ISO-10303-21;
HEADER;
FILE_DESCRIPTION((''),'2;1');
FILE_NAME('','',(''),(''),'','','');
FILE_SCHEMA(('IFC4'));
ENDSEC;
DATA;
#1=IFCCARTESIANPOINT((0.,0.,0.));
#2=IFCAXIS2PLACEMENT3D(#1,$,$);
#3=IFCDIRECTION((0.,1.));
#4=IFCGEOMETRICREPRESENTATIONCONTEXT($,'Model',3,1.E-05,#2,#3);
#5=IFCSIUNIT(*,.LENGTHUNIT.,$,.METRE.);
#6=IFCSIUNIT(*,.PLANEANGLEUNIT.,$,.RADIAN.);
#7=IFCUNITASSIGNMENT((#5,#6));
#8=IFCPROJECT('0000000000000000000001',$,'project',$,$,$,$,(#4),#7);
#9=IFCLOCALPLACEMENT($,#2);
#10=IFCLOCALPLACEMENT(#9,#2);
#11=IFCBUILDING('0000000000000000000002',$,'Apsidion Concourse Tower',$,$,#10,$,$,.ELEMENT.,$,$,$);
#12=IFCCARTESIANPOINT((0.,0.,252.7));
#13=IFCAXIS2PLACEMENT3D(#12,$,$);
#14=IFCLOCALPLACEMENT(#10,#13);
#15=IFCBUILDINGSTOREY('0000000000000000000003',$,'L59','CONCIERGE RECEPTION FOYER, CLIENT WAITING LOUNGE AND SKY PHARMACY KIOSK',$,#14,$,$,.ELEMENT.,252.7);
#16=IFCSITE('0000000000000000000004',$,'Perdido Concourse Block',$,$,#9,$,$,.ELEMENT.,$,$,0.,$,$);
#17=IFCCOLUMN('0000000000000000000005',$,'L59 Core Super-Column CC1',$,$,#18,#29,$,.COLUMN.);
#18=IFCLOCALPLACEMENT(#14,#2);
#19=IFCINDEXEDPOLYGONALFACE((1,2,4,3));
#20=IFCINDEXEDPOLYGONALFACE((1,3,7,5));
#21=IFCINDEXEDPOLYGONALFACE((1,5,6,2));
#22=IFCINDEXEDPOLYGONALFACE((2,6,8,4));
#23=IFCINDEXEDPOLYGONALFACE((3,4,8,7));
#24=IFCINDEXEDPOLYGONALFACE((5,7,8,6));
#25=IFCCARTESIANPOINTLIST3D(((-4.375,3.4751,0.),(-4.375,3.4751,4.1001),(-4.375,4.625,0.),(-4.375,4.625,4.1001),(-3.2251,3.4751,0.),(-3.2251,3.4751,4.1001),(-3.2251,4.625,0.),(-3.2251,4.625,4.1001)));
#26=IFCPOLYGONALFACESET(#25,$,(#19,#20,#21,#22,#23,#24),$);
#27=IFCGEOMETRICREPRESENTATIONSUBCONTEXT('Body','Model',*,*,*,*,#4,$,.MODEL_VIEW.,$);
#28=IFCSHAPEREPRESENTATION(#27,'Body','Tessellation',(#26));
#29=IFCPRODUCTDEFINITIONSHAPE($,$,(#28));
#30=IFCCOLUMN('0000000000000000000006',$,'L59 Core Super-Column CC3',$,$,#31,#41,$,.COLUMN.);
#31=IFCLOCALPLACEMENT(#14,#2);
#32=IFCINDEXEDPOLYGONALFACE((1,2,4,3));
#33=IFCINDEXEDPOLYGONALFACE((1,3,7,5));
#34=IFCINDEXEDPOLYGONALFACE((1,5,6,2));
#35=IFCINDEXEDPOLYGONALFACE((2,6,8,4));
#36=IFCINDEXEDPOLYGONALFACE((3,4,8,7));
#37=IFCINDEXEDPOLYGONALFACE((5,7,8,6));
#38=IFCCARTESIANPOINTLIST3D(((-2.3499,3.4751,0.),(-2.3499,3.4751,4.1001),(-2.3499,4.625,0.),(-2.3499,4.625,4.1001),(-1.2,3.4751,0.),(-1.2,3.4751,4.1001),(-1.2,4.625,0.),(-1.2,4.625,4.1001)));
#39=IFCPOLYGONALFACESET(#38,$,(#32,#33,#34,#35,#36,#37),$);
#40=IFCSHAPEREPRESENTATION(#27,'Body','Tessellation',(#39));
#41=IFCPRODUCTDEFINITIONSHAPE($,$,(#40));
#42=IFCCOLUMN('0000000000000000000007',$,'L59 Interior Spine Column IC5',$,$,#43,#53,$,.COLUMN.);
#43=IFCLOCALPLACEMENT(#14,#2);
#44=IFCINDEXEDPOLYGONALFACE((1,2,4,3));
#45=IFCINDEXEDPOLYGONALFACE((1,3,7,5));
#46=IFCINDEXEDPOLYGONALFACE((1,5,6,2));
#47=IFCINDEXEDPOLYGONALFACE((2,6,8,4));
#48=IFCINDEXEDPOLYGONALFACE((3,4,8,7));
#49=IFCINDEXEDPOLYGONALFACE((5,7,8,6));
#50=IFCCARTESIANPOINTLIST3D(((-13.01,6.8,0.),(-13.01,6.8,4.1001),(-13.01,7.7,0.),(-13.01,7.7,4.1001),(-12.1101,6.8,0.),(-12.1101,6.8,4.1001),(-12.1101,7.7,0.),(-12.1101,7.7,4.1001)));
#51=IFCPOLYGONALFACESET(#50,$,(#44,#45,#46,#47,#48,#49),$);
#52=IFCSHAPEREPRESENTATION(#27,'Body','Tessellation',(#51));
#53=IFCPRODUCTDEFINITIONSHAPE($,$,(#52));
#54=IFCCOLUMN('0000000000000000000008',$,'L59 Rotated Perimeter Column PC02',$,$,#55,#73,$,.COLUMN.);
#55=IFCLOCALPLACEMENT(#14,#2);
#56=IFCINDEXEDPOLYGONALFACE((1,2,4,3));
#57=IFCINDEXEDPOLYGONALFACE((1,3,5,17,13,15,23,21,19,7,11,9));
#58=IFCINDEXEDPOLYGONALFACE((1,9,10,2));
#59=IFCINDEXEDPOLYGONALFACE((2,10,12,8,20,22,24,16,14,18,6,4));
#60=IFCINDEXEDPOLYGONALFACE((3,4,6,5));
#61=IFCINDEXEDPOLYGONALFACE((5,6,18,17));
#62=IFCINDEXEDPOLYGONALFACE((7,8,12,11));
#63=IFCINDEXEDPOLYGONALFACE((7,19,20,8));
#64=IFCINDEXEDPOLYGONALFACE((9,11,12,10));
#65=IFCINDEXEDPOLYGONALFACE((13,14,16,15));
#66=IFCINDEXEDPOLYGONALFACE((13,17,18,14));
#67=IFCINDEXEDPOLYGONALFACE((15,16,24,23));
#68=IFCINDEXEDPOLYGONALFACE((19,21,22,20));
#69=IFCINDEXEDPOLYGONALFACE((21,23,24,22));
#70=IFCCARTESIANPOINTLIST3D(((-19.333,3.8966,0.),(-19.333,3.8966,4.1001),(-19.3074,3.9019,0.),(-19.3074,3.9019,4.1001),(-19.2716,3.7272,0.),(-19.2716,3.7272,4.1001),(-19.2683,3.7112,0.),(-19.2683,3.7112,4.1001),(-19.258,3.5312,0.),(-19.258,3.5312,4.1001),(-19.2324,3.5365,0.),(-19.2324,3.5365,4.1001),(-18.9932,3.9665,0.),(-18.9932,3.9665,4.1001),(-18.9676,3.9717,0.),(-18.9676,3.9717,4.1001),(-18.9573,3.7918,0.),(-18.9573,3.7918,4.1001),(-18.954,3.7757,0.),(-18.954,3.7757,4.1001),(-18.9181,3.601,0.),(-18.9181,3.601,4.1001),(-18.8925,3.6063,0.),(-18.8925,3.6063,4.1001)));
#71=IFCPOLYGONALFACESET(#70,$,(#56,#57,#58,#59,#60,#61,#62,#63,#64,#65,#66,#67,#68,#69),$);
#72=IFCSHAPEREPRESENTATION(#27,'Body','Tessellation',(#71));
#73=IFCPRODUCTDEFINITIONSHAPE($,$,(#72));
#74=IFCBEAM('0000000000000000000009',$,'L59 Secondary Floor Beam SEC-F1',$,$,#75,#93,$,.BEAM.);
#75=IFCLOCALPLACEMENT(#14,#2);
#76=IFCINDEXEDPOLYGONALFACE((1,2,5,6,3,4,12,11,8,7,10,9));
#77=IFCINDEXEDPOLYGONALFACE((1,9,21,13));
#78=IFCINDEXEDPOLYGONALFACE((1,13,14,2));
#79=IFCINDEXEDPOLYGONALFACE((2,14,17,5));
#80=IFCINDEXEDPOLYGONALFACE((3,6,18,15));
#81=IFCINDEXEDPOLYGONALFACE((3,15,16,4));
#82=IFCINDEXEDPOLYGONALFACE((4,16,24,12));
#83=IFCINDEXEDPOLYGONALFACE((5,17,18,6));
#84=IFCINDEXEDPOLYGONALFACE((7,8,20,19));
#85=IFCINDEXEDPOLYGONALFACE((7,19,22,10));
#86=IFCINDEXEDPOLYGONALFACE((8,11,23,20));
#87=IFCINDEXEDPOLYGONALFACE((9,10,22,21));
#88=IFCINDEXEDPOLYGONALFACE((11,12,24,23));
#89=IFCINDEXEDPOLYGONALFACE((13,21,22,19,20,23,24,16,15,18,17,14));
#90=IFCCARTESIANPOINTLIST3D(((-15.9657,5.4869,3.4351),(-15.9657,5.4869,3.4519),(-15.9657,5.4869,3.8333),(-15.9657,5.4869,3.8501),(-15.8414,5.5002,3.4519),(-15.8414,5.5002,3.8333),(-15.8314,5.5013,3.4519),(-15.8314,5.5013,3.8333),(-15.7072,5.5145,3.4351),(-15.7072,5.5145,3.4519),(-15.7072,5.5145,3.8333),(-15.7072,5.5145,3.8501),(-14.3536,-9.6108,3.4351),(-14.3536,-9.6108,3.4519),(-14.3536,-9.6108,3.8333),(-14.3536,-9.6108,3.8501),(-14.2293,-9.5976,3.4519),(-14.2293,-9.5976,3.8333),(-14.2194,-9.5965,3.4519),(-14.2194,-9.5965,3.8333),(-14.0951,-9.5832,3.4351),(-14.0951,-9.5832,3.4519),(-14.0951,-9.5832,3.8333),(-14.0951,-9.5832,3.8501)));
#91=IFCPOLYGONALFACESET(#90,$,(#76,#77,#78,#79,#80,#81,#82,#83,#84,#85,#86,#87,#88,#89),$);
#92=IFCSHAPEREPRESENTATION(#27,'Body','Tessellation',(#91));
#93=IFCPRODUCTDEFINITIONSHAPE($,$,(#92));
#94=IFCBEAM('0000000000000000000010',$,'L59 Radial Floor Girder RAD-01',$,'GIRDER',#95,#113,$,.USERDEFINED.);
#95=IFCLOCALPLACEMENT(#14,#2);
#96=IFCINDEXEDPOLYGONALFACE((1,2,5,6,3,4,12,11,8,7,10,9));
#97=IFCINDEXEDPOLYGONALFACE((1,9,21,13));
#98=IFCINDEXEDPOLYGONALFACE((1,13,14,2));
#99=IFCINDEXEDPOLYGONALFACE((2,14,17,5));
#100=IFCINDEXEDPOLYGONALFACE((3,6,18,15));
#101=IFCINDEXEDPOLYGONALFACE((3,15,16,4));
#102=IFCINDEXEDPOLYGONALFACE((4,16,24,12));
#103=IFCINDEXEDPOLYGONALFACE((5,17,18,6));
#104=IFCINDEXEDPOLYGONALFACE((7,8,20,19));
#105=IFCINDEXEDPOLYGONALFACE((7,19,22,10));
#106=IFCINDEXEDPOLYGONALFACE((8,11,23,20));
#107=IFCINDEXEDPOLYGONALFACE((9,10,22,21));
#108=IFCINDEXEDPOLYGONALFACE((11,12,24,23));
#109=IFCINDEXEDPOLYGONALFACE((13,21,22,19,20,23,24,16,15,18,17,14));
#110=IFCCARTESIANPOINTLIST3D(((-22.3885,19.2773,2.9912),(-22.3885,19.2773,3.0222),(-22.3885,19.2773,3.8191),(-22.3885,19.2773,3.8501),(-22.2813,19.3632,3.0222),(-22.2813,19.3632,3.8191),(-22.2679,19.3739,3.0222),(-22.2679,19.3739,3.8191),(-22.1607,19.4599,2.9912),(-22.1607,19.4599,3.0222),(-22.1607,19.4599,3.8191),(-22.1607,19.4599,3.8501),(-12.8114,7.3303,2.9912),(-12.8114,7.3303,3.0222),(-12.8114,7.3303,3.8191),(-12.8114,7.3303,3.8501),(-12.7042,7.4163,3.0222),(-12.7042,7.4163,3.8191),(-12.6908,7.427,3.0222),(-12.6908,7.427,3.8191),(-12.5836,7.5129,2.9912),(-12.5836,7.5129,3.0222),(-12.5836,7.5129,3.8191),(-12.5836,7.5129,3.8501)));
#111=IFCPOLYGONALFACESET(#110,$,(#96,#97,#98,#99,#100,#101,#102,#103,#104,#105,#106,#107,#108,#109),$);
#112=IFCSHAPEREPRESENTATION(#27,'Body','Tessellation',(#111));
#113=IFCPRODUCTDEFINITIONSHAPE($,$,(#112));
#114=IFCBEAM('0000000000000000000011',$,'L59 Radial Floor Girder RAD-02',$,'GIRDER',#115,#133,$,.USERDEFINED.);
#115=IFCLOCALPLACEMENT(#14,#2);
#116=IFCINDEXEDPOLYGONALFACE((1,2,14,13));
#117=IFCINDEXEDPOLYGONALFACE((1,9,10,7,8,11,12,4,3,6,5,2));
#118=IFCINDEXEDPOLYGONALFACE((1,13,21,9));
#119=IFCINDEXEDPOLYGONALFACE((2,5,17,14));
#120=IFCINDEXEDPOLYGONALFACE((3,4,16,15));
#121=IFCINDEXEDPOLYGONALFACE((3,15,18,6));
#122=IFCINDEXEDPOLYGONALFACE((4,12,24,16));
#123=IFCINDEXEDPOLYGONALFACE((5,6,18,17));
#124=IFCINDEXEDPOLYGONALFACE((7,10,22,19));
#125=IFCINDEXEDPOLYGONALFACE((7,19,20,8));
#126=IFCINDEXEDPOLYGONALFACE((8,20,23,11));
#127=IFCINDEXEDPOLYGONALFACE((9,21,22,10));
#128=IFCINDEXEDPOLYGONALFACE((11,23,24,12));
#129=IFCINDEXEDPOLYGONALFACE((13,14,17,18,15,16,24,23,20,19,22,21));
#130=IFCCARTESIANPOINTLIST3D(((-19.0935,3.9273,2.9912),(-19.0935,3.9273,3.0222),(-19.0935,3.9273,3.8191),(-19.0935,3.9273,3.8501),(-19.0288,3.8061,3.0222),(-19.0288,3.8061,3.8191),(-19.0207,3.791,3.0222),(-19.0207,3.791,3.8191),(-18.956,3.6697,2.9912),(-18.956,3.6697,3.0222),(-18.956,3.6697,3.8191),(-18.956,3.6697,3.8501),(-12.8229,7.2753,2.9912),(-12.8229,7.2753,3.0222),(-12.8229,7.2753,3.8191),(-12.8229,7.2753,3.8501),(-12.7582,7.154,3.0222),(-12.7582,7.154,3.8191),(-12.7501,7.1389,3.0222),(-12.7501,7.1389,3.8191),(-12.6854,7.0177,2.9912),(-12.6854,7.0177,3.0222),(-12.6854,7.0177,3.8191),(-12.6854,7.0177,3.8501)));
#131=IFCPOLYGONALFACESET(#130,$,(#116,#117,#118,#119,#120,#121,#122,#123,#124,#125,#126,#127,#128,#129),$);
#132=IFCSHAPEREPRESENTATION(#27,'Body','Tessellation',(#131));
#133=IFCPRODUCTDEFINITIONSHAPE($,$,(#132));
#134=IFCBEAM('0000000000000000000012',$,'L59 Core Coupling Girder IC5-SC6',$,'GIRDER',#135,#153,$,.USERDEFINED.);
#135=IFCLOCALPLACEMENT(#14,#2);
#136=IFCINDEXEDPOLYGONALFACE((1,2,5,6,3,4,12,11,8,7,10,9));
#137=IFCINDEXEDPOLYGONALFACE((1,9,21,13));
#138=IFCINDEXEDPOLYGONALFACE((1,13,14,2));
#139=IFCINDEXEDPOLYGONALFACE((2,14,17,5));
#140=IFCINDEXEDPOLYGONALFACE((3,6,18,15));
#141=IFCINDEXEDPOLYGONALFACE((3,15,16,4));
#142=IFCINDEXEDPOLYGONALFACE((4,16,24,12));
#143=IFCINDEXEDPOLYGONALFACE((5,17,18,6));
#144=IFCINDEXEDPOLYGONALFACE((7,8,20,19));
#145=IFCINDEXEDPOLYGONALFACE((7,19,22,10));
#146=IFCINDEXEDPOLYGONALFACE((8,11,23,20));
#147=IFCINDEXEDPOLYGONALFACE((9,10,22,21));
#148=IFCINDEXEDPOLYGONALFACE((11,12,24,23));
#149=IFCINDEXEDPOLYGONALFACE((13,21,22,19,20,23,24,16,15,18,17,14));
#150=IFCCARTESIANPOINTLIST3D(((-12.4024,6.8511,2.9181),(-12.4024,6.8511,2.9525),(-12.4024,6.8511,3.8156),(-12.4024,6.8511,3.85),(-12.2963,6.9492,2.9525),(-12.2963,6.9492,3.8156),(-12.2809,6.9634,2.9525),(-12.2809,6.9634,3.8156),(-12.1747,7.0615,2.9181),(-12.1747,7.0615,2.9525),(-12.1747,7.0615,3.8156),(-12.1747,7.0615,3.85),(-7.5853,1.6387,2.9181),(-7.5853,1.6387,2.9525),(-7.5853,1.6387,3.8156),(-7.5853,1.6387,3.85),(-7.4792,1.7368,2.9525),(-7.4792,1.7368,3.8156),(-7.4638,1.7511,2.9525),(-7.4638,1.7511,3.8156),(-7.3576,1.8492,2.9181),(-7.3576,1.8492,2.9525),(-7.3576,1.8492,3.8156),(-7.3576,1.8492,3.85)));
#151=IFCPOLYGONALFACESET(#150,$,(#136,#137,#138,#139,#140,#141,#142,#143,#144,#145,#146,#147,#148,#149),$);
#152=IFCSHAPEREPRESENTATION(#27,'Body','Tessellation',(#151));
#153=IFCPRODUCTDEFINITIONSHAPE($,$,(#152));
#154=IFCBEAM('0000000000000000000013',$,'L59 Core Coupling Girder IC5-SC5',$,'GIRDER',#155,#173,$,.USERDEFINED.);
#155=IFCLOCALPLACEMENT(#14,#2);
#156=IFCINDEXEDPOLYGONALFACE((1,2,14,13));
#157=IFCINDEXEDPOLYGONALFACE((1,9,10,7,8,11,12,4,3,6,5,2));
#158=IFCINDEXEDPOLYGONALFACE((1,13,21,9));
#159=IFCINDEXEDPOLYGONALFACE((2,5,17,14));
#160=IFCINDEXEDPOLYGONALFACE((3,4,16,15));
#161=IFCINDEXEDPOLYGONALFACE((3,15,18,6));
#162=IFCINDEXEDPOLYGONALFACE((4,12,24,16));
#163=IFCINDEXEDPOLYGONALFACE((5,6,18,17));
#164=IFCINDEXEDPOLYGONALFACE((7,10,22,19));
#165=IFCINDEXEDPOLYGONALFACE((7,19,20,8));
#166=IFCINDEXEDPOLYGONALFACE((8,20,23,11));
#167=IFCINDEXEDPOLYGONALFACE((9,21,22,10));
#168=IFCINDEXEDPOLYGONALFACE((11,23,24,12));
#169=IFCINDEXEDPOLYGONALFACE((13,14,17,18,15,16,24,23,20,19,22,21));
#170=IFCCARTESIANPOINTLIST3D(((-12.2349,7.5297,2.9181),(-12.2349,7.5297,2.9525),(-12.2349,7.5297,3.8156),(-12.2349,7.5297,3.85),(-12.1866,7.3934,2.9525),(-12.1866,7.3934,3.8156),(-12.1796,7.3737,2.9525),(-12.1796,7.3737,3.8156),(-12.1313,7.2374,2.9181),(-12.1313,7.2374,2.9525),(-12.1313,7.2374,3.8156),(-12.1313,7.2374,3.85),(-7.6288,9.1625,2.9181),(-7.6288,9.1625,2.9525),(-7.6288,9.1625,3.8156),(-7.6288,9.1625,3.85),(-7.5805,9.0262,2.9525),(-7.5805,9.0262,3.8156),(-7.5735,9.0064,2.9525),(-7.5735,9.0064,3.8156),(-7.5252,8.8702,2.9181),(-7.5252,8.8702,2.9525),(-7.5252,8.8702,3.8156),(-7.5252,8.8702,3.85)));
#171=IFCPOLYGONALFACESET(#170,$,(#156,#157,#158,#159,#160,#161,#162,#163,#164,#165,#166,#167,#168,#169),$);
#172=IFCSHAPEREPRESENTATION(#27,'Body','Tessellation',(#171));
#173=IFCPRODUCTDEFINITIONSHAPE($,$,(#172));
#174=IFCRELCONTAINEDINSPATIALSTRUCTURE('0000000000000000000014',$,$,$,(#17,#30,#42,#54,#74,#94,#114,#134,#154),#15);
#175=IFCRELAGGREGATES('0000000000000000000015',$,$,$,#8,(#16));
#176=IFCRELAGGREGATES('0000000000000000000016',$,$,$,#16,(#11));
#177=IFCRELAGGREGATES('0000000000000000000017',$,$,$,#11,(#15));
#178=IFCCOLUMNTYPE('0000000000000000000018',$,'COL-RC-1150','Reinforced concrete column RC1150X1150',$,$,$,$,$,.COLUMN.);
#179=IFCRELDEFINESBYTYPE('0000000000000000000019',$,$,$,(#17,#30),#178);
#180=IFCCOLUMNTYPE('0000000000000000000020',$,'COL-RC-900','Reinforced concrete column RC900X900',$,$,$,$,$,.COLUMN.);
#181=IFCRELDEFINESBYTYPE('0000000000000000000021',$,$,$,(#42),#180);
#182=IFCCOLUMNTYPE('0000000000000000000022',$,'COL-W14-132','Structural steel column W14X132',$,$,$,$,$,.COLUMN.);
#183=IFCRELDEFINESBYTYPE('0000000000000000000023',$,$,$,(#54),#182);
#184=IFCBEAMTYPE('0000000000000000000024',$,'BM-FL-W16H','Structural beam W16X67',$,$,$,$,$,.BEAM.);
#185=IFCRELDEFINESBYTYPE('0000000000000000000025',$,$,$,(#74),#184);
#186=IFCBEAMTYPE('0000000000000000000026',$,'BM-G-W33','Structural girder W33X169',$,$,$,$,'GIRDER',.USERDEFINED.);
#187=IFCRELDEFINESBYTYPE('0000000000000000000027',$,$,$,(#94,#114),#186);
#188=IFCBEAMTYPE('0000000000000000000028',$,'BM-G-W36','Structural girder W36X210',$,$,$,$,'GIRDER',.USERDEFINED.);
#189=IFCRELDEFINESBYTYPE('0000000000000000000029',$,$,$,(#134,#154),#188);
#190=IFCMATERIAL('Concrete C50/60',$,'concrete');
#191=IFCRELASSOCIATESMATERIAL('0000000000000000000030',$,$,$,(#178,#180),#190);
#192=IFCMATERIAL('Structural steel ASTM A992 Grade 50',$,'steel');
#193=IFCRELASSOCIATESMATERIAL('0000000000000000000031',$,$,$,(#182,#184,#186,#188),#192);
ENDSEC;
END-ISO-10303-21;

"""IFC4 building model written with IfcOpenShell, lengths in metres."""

from ifc_helpers import new_model, si_unit, direction, frame, origin, origin_2d, place, context, subcontext, project, spatial, rectangle, i_section, extrude, material, material_profile, profile_set, type_object, element, save


model = new_model("IFC4")

# Units and contexts
model_context = context("Model", 3, precision=1e-05, world=origin(), true_north=direction((0.0, 1.0)))
body_context = subcontext(model_context, "Body", "Model", "MODEL_VIEW")
ifc_project = project(units=[si_unit("LENGTHUNIT", "METRE"), si_unit("PLANEANGLEUNIT", "RADIAN")], contexts=[model_context])

# Site, building, storey
site_placement = place(None, origin())
site = spatial("IfcSite", under=ifc_project, at=site_placement, Name="Perdido Concourse Block", CompositionType="ELEMENT", RefElevation=0.0)
building_placement = place(site_placement, origin())
building = spatial("IfcBuilding", under=site, at=building_placement, Name="Apsidion Concourse Tower", CompositionType="ELEMENT")
storey_placement = place(building_placement, frame((0.0, 0.0, 252.7)))
storey = spatial("IfcBuildingStorey", under=building, at=storey_placement, Name="L59", Description="CONCIERGE RECEPTION FOYER, CLIENT WAITING LOUNGE AND SKY PHARMACY KIOSK", CompositionType="ELEMENT", Elevation=252.7)

# Columns
ifc_material_1 = material(Name="Concrete C50/60", Category="concrete")
ifc_material_profile_1 = material_profile(ifc_material_1, rectangle(XDim=1.1499, YDim=1.1499, at=origin_2d()), Name="RC 1150x1150")
ifc_profile_set_1 = profile_set([ifc_material_profile_1], Name="Concrete C50/60")
column_type_1 = type_object("IfcColumnType", Name="COL-RC-1150", Description="Reinforced concrete column RC1150X1150", PredefinedType="COLUMN", material=ifc_profile_set_1)
for number, where, z_axis, x_axis, name in (
    (1, (-3.8, 4.05, 0.0), (0.0, 0.0, 1.0), (1.0, 0.0, 0.0), "L59 Core Super-Column CC1"),
    (2, (-1.7749, 4.05, 0.0), (0.0, 0.0, 1.0), (1.0, 0.0, 0.0), "L59 Core Super-Column CC3"),
):
    element("IfcColumn", number, at=place(storey_placement, frame(where, z_axis=z_axis, x_axis=x_axis)), inside=storey, type_object=column_type_1, Name=name, PredefinedType="COLUMN", context=body_context, shape_type="SweptSolid", body=[
        extrude(rectangle(XDim=1.1499, YDim=1.1499, at=origin_2d()), origin(), (0.0, 0.0, 1.0), 4.1001),
    ])
ifc_material_profile_2 = material_profile(ifc_material_1, rectangle(XDim=0.8999, YDim=0.8999, at=origin_2d()), Name="RC 900x900")
ifc_profile_set_2 = profile_set([ifc_material_profile_2], Name="Concrete C50/60")
column_type_2 = type_object("IfcColumnType", Name="COL-RC-900", Description="Reinforced concrete column RC900X900", PredefinedType="COLUMN", material=ifc_profile_set_2)
column_1_placement = place(storey_placement, frame((-12.5601, 7.25, 0.0), z_axis=(0.0, 0.0, 1.0), x_axis=(1.0, 0.0, 0.0)))
element("IfcColumn", 3, at=column_1_placement, inside=storey, type_object=column_type_2, Name="L59 Interior Spine Column IC5", PredefinedType="COLUMN", context=body_context, shape_type="SweptSolid", body=[
    extrude(rectangle(XDim=0.8999, YDim=0.8999, at=origin_2d()), origin(), (0.0, 0.0, 1.0), 4.1001),
])
ifc_material_2 = material(Name="Structural steel ASTM A992 Grade 50", Category="steel")
ifc_material_profile_3 = material_profile(ifc_material_2, i_section(OverallWidth=0.373, OverallDepth=0.373, WebThickness=0.0164, FlangeThickness=0.0261, at=origin_2d()), Name="W14X132")
ifc_profile_set_3 = profile_set([ifc_material_profile_3], Name="Structural steel ASTM A992 Grade 50")
column_type_3 = type_object("IfcColumnType", Name="COL-W14-132", Description="Structural steel column W14X132", PredefinedType="COLUMN", material=ifc_profile_set_3)
column_2_placement = place(storey_placement, frame((-19.1128, 3.7515, 0.0), z_axis=(0.0, 0.0, 1.0), x_axis=(-0.201249, 0.97954, 0.0)))
element("IfcColumn", 4, at=column_2_placement, inside=storey, type_object=column_type_3, Name="L59 Rotated Perimeter Column PC02", PredefinedType="COLUMN", context=body_context, shape_type="SweptSolid", body=[
    extrude(i_section(OverallWidth=0.373, OverallDepth=0.373, WebThickness=0.0164, FlangeThickness=0.0261, at=origin_2d()), origin(), (0.0, 0.0, 1.0), 4.1001),
])

# Beams
ifc_material_profile_4 = material_profile(ifc_material_2, i_section(OverallWidth=0.26, OverallDepth=0.415, WebThickness=0.01, FlangeThickness=0.0168, at=origin_2d()), Name="W16X67")
ifc_profile_set_4 = profile_set([ifc_material_profile_4], Name="Structural steel ASTM A992 Grade 50")
beam_type_1 = type_object("IfcBeamType", Name="BM-FL-W16H", Description="Structural beam W16X67", PredefinedType="BEAM", material=ifc_profile_set_4)
beam_1_placement = place(storey_placement, frame((-15.8364, 5.5007, 3.6426), z_axis=(0.106172, -0.994348, 0.0), x_axis=(0.994348, 0.106172, 0.0)))
element("IfcBeam", 5, at=beam_1_placement, inside=storey, type_object=beam_type_1, Name="L59 Secondary Floor Beam SEC-F1", PredefinedType="BEAM", context=body_context, shape_type="SweptSolid", body=[
    extrude(i_section(OverallWidth=0.26, OverallDepth=0.415, WebThickness=0.01, FlangeThickness=0.0168, at=origin_2d()), origin(), (0.0, 0.0, 1.0), 15.1836),
])
ifc_material_profile_5 = material_profile(ifc_material_2, i_section(OverallWidth=0.292, OverallDepth=0.8589, WebThickness=0.0171, FlangeThickness=0.031, at=origin_2d()), Name="W33X169")
ifc_profile_set_5 = profile_set([ifc_material_profile_5], Name="Structural steel ASTM A992 Grade 50")
beam_type_2 = type_object("IfcBeamType", Name="BM-G-W33", Description="Structural girder W33X169", ElementType="GIRDER", PredefinedType="USERDEFINED", material=ifc_profile_set_5)
beam_2_placement = place(storey_placement, frame((-12.6975, 7.4216, 3.4207), z_axis=(-0.625473, 0.780246, 0.0), x_axis=(-0.780246, -0.625473, 0.0)))
element("IfcBeam", 6, at=beam_2_placement, inside=storey, type_object=beam_type_2, Name="L59 Radial Floor Girder RAD-01", ObjectType="GIRDER", PredefinedType="USERDEFINED", context=body_context, shape_type="SweptSolid", body=[
    extrude(i_section(OverallWidth=0.292, OverallDepth=0.8589, WebThickness=0.0171, FlangeThickness=0.031, at=origin_2d()), origin(), (0.0, 0.0, 1.0), 15.3118),
])
beam_3_placement = place(storey_placement, frame((-12.7542, 7.1465, 3.4207), z_axis=(-0.882141, -0.470986, 0.0), x_axis=(0.470986, -0.882141, 0.0)))
element("IfcBeam", 7, at=beam_3_placement, inside=storey, type_object=beam_type_2, Name="L59 Radial Floor Girder RAD-02", ObjectType="GIRDER", PredefinedType="USERDEFINED", context=body_context, shape_type="SweptSolid", body=[
    extrude(i_section(OverallWidth=0.292, OverallDepth=0.8589, WebThickness=0.0171, FlangeThickness=0.031, at=origin_2d()), origin(), (0.0, 0.0, 1.0), 7.1084),
])
ifc_material_profile_6 = material_profile(ifc_material_2, i_section(OverallWidth=0.3101, OverallDepth=0.9319, WebThickness=0.021, FlangeThickness=0.0344, at=origin_2d()), Name="W36X210")
ifc_profile_set_6 = profile_set([ifc_material_profile_6], Name="Structural steel ASTM A992 Grade 50")
beam_type_3 = type_object("IfcBeamType", Name="BM-G-W36", Description="Structural girder W36X210", ElementType="GIRDER", PredefinedType="USERDEFINED", material=ifc_profile_set_6)
beam_4_placement = place(storey_placement, frame((-12.2886, 6.9563, 3.384), z_axis=(0.678713, -0.734404, 0.0), x_axis=(0.734404, 0.678713, 0.0)))
element("IfcBeam", 8, at=beam_4_placement, inside=storey, type_object=beam_type_3, Name="L59 Core Coupling Girder IC5-SC6", ObjectType="GIRDER", PredefinedType="USERDEFINED", context=body_context, shape_type="SweptSolid", body=[
    extrude(i_section(OverallWidth=0.3101, OverallDepth=0.9319, WebThickness=0.021, FlangeThickness=0.0344, at=origin_2d()), origin(), (0.0, 0.0, 1.0), 7.0974),
])
beam_5_placement = place(storey_placement, frame((-12.1831, 7.3835, 3.384), z_axis=(0.942534, 0.334111, 0.0), x_axis=(-0.334111, 0.942534, 0.0)))
element("IfcBeam", 9, at=beam_5_placement, inside=storey, type_object=beam_type_3, Name="L59 Core Coupling Girder IC5-SC5", ObjectType="GIRDER", PredefinedType="USERDEFINED", context=body_context, shape_type="SweptSolid", body=[
    extrude(i_section(OverallWidth=0.3101, OverallDepth=0.9319, WebThickness=0.021, FlangeThickness=0.0344, at=origin_2d()), origin(), (0.0, 0.0, 1.0), 4.887),
])

save(model, "model.ifc")
